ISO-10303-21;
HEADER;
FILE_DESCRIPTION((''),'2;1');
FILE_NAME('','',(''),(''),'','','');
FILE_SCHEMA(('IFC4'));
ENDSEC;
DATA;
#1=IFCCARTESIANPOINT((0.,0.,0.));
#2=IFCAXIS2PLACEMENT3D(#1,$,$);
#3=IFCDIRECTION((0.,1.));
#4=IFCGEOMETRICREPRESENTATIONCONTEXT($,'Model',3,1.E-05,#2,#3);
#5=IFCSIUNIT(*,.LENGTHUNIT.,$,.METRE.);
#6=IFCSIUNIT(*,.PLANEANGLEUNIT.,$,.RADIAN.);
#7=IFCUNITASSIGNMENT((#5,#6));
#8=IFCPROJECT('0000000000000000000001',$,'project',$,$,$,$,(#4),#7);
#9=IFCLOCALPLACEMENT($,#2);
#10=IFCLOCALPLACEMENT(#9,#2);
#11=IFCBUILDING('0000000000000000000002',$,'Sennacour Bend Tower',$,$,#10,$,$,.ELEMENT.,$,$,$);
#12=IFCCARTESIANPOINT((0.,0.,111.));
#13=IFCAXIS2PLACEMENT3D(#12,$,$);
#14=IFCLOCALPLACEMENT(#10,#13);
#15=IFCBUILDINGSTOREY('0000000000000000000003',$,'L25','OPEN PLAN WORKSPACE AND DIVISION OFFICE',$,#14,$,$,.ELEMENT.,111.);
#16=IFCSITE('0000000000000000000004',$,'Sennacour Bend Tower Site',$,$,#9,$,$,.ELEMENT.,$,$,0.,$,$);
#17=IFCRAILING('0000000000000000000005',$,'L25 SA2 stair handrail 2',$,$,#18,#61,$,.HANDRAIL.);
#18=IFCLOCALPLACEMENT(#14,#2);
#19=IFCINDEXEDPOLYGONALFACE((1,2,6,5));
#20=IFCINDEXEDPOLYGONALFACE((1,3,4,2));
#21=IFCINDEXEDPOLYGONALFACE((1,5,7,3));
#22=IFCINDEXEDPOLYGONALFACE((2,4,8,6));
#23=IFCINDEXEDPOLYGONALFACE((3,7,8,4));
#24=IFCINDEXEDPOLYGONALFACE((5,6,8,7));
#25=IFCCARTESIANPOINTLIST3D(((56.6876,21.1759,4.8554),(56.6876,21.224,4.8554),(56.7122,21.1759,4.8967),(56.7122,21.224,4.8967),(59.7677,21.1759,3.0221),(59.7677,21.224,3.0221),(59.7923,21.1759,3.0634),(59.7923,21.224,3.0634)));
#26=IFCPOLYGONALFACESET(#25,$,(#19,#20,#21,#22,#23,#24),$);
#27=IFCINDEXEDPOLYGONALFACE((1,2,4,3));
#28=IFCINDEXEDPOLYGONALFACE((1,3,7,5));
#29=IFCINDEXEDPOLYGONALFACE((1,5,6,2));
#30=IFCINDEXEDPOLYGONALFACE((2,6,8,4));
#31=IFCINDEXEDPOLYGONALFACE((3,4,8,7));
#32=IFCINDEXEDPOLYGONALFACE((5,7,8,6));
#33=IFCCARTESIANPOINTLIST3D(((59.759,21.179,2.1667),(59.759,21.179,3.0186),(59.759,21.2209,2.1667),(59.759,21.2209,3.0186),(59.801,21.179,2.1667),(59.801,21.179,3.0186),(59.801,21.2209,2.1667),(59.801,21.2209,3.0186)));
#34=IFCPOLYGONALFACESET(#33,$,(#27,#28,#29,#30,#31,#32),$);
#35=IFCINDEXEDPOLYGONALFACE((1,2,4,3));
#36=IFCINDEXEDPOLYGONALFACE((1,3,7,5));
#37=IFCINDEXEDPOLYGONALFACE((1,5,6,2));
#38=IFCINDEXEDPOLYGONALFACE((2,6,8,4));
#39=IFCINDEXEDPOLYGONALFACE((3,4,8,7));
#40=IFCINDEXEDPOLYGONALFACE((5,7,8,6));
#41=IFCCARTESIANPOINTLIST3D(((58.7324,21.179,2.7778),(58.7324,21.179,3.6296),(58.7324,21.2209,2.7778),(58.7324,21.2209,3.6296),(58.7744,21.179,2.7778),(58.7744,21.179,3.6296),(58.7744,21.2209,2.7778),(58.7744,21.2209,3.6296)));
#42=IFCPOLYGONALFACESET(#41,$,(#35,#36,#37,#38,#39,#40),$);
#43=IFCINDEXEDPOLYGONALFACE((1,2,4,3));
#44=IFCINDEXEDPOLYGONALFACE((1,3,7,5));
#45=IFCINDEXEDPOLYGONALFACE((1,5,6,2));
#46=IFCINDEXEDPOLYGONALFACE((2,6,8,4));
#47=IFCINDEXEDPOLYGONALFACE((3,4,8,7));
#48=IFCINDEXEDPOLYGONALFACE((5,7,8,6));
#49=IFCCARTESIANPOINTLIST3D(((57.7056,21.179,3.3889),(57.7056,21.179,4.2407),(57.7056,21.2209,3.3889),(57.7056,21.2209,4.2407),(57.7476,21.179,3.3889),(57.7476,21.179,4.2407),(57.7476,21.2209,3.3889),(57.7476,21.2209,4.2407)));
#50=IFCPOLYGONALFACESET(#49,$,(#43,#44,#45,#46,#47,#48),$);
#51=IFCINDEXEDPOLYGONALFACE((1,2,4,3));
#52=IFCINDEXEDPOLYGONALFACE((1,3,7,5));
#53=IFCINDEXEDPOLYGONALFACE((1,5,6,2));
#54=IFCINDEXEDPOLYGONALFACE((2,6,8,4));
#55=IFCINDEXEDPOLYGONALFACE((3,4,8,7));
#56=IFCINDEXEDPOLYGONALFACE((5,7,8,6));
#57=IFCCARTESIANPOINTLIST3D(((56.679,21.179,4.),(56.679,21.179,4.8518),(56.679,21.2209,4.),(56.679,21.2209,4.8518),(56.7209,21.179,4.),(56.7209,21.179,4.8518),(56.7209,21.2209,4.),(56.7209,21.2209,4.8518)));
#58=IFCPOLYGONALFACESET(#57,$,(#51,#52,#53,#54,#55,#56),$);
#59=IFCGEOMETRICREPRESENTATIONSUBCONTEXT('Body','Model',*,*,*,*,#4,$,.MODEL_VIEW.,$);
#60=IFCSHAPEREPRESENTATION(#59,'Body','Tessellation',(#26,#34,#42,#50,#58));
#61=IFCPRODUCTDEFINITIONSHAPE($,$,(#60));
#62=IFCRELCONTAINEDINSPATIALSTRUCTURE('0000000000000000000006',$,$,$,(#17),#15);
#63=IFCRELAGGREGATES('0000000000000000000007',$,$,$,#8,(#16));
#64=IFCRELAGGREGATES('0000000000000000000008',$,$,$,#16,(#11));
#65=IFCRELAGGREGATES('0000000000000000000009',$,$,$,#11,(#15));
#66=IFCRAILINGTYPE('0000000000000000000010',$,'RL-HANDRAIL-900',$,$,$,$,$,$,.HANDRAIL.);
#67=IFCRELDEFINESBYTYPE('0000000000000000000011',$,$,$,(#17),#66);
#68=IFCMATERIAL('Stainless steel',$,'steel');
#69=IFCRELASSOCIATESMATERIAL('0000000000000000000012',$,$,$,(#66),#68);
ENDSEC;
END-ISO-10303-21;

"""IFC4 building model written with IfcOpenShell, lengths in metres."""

from ifc_helpers import new_model, si_unit, direction, frame, origin, origin_2d, place, context, subcontext, project, spatial, rectangle, extrude, material, type_object, element, save


model = new_model("IFC4")

# Units and contexts
model_context = context("Model", 3, precision=1e-05, world=origin(), true_north=direction((0.0, 1.0)))
body_context = subcontext(model_context, "Body", "Model", "MODEL_VIEW")
ifc_project = project(units=[si_unit("LENGTHUNIT", "METRE"), si_unit("PLANEANGLEUNIT", "RADIAN")], contexts=[model_context])

# Site, building, storey
site_placement = place(None, origin())
site = spatial("IfcSite", under=ifc_project, at=site_placement, Name="Sennacour Bend Tower Site", CompositionType="ELEMENT", RefElevation=0.0)
building_placement = place(site_placement, origin())
building = spatial("IfcBuilding", under=site, at=building_placement, Name="Sennacour Bend Tower", CompositionType="ELEMENT")
storey_placement = place(building_placement, frame((0.0, 0.0, 111.0)))
storey = spatial("IfcBuildingStorey", under=building, at=storey_placement, Name="L25", Description="OPEN PLAN WORKSPACE AND DIVISION OFFICE", CompositionType="ELEMENT", Elevation=111.0)

# Shared definitions
ifc_material_1 = material(Name="Stainless steel", Category="steel")

# Railing
railing_type_1 = type_object("IfcRailingType", Name="RL-HANDRAIL-900", PredefinedType="HANDRAIL", material=ifc_material_1)
railing_1_placement = place(storey_placement, frame((59.78, 21.2, 2.1667)))
element("IfcRailing", 1, at=railing_1_placement, inside=storey, type_object=railing_type_1, Name="L25 SA2 stair handrail 2", PredefinedType="HANDRAIL", context=body_context, shape_type="SweptSolid", body=[
    extrude(rectangle(XDim=0.0481, YDim=0.0481, at=origin_2d()), frame((0.0, 0.0, 0.876), z_axis=(-0.859309, 0.0, 0.511458), x_axis=(0.0, -1.0, 0.0)), (0.0, 0.0, 1.0), 3.5845),
    extrude(rectangle(XDim=0.042, YDim=0.042, at=origin_2d()), origin(), (0.0, 0.0, 1.0), 0.8518),
    extrude(rectangle(XDim=0.042, YDim=0.042, at=origin_2d()), frame((-1.0266, 0.0, 0.6111)), (0.0, 0.0, 1.0), 0.8518),
    extrude(rectangle(XDim=0.042, YDim=0.042, at=origin_2d()), frame((-2.0535, 0.0, 1.2222)), (0.0, 0.0, 1.0), 0.8518),
    extrude(rectangle(XDim=0.042, YDim=0.042, at=origin_2d()), frame((-3.0801, 0.0, 1.8333)), (0.0, 0.0, 1.0), 0.8518),
])

save(model, "model.ifc")
